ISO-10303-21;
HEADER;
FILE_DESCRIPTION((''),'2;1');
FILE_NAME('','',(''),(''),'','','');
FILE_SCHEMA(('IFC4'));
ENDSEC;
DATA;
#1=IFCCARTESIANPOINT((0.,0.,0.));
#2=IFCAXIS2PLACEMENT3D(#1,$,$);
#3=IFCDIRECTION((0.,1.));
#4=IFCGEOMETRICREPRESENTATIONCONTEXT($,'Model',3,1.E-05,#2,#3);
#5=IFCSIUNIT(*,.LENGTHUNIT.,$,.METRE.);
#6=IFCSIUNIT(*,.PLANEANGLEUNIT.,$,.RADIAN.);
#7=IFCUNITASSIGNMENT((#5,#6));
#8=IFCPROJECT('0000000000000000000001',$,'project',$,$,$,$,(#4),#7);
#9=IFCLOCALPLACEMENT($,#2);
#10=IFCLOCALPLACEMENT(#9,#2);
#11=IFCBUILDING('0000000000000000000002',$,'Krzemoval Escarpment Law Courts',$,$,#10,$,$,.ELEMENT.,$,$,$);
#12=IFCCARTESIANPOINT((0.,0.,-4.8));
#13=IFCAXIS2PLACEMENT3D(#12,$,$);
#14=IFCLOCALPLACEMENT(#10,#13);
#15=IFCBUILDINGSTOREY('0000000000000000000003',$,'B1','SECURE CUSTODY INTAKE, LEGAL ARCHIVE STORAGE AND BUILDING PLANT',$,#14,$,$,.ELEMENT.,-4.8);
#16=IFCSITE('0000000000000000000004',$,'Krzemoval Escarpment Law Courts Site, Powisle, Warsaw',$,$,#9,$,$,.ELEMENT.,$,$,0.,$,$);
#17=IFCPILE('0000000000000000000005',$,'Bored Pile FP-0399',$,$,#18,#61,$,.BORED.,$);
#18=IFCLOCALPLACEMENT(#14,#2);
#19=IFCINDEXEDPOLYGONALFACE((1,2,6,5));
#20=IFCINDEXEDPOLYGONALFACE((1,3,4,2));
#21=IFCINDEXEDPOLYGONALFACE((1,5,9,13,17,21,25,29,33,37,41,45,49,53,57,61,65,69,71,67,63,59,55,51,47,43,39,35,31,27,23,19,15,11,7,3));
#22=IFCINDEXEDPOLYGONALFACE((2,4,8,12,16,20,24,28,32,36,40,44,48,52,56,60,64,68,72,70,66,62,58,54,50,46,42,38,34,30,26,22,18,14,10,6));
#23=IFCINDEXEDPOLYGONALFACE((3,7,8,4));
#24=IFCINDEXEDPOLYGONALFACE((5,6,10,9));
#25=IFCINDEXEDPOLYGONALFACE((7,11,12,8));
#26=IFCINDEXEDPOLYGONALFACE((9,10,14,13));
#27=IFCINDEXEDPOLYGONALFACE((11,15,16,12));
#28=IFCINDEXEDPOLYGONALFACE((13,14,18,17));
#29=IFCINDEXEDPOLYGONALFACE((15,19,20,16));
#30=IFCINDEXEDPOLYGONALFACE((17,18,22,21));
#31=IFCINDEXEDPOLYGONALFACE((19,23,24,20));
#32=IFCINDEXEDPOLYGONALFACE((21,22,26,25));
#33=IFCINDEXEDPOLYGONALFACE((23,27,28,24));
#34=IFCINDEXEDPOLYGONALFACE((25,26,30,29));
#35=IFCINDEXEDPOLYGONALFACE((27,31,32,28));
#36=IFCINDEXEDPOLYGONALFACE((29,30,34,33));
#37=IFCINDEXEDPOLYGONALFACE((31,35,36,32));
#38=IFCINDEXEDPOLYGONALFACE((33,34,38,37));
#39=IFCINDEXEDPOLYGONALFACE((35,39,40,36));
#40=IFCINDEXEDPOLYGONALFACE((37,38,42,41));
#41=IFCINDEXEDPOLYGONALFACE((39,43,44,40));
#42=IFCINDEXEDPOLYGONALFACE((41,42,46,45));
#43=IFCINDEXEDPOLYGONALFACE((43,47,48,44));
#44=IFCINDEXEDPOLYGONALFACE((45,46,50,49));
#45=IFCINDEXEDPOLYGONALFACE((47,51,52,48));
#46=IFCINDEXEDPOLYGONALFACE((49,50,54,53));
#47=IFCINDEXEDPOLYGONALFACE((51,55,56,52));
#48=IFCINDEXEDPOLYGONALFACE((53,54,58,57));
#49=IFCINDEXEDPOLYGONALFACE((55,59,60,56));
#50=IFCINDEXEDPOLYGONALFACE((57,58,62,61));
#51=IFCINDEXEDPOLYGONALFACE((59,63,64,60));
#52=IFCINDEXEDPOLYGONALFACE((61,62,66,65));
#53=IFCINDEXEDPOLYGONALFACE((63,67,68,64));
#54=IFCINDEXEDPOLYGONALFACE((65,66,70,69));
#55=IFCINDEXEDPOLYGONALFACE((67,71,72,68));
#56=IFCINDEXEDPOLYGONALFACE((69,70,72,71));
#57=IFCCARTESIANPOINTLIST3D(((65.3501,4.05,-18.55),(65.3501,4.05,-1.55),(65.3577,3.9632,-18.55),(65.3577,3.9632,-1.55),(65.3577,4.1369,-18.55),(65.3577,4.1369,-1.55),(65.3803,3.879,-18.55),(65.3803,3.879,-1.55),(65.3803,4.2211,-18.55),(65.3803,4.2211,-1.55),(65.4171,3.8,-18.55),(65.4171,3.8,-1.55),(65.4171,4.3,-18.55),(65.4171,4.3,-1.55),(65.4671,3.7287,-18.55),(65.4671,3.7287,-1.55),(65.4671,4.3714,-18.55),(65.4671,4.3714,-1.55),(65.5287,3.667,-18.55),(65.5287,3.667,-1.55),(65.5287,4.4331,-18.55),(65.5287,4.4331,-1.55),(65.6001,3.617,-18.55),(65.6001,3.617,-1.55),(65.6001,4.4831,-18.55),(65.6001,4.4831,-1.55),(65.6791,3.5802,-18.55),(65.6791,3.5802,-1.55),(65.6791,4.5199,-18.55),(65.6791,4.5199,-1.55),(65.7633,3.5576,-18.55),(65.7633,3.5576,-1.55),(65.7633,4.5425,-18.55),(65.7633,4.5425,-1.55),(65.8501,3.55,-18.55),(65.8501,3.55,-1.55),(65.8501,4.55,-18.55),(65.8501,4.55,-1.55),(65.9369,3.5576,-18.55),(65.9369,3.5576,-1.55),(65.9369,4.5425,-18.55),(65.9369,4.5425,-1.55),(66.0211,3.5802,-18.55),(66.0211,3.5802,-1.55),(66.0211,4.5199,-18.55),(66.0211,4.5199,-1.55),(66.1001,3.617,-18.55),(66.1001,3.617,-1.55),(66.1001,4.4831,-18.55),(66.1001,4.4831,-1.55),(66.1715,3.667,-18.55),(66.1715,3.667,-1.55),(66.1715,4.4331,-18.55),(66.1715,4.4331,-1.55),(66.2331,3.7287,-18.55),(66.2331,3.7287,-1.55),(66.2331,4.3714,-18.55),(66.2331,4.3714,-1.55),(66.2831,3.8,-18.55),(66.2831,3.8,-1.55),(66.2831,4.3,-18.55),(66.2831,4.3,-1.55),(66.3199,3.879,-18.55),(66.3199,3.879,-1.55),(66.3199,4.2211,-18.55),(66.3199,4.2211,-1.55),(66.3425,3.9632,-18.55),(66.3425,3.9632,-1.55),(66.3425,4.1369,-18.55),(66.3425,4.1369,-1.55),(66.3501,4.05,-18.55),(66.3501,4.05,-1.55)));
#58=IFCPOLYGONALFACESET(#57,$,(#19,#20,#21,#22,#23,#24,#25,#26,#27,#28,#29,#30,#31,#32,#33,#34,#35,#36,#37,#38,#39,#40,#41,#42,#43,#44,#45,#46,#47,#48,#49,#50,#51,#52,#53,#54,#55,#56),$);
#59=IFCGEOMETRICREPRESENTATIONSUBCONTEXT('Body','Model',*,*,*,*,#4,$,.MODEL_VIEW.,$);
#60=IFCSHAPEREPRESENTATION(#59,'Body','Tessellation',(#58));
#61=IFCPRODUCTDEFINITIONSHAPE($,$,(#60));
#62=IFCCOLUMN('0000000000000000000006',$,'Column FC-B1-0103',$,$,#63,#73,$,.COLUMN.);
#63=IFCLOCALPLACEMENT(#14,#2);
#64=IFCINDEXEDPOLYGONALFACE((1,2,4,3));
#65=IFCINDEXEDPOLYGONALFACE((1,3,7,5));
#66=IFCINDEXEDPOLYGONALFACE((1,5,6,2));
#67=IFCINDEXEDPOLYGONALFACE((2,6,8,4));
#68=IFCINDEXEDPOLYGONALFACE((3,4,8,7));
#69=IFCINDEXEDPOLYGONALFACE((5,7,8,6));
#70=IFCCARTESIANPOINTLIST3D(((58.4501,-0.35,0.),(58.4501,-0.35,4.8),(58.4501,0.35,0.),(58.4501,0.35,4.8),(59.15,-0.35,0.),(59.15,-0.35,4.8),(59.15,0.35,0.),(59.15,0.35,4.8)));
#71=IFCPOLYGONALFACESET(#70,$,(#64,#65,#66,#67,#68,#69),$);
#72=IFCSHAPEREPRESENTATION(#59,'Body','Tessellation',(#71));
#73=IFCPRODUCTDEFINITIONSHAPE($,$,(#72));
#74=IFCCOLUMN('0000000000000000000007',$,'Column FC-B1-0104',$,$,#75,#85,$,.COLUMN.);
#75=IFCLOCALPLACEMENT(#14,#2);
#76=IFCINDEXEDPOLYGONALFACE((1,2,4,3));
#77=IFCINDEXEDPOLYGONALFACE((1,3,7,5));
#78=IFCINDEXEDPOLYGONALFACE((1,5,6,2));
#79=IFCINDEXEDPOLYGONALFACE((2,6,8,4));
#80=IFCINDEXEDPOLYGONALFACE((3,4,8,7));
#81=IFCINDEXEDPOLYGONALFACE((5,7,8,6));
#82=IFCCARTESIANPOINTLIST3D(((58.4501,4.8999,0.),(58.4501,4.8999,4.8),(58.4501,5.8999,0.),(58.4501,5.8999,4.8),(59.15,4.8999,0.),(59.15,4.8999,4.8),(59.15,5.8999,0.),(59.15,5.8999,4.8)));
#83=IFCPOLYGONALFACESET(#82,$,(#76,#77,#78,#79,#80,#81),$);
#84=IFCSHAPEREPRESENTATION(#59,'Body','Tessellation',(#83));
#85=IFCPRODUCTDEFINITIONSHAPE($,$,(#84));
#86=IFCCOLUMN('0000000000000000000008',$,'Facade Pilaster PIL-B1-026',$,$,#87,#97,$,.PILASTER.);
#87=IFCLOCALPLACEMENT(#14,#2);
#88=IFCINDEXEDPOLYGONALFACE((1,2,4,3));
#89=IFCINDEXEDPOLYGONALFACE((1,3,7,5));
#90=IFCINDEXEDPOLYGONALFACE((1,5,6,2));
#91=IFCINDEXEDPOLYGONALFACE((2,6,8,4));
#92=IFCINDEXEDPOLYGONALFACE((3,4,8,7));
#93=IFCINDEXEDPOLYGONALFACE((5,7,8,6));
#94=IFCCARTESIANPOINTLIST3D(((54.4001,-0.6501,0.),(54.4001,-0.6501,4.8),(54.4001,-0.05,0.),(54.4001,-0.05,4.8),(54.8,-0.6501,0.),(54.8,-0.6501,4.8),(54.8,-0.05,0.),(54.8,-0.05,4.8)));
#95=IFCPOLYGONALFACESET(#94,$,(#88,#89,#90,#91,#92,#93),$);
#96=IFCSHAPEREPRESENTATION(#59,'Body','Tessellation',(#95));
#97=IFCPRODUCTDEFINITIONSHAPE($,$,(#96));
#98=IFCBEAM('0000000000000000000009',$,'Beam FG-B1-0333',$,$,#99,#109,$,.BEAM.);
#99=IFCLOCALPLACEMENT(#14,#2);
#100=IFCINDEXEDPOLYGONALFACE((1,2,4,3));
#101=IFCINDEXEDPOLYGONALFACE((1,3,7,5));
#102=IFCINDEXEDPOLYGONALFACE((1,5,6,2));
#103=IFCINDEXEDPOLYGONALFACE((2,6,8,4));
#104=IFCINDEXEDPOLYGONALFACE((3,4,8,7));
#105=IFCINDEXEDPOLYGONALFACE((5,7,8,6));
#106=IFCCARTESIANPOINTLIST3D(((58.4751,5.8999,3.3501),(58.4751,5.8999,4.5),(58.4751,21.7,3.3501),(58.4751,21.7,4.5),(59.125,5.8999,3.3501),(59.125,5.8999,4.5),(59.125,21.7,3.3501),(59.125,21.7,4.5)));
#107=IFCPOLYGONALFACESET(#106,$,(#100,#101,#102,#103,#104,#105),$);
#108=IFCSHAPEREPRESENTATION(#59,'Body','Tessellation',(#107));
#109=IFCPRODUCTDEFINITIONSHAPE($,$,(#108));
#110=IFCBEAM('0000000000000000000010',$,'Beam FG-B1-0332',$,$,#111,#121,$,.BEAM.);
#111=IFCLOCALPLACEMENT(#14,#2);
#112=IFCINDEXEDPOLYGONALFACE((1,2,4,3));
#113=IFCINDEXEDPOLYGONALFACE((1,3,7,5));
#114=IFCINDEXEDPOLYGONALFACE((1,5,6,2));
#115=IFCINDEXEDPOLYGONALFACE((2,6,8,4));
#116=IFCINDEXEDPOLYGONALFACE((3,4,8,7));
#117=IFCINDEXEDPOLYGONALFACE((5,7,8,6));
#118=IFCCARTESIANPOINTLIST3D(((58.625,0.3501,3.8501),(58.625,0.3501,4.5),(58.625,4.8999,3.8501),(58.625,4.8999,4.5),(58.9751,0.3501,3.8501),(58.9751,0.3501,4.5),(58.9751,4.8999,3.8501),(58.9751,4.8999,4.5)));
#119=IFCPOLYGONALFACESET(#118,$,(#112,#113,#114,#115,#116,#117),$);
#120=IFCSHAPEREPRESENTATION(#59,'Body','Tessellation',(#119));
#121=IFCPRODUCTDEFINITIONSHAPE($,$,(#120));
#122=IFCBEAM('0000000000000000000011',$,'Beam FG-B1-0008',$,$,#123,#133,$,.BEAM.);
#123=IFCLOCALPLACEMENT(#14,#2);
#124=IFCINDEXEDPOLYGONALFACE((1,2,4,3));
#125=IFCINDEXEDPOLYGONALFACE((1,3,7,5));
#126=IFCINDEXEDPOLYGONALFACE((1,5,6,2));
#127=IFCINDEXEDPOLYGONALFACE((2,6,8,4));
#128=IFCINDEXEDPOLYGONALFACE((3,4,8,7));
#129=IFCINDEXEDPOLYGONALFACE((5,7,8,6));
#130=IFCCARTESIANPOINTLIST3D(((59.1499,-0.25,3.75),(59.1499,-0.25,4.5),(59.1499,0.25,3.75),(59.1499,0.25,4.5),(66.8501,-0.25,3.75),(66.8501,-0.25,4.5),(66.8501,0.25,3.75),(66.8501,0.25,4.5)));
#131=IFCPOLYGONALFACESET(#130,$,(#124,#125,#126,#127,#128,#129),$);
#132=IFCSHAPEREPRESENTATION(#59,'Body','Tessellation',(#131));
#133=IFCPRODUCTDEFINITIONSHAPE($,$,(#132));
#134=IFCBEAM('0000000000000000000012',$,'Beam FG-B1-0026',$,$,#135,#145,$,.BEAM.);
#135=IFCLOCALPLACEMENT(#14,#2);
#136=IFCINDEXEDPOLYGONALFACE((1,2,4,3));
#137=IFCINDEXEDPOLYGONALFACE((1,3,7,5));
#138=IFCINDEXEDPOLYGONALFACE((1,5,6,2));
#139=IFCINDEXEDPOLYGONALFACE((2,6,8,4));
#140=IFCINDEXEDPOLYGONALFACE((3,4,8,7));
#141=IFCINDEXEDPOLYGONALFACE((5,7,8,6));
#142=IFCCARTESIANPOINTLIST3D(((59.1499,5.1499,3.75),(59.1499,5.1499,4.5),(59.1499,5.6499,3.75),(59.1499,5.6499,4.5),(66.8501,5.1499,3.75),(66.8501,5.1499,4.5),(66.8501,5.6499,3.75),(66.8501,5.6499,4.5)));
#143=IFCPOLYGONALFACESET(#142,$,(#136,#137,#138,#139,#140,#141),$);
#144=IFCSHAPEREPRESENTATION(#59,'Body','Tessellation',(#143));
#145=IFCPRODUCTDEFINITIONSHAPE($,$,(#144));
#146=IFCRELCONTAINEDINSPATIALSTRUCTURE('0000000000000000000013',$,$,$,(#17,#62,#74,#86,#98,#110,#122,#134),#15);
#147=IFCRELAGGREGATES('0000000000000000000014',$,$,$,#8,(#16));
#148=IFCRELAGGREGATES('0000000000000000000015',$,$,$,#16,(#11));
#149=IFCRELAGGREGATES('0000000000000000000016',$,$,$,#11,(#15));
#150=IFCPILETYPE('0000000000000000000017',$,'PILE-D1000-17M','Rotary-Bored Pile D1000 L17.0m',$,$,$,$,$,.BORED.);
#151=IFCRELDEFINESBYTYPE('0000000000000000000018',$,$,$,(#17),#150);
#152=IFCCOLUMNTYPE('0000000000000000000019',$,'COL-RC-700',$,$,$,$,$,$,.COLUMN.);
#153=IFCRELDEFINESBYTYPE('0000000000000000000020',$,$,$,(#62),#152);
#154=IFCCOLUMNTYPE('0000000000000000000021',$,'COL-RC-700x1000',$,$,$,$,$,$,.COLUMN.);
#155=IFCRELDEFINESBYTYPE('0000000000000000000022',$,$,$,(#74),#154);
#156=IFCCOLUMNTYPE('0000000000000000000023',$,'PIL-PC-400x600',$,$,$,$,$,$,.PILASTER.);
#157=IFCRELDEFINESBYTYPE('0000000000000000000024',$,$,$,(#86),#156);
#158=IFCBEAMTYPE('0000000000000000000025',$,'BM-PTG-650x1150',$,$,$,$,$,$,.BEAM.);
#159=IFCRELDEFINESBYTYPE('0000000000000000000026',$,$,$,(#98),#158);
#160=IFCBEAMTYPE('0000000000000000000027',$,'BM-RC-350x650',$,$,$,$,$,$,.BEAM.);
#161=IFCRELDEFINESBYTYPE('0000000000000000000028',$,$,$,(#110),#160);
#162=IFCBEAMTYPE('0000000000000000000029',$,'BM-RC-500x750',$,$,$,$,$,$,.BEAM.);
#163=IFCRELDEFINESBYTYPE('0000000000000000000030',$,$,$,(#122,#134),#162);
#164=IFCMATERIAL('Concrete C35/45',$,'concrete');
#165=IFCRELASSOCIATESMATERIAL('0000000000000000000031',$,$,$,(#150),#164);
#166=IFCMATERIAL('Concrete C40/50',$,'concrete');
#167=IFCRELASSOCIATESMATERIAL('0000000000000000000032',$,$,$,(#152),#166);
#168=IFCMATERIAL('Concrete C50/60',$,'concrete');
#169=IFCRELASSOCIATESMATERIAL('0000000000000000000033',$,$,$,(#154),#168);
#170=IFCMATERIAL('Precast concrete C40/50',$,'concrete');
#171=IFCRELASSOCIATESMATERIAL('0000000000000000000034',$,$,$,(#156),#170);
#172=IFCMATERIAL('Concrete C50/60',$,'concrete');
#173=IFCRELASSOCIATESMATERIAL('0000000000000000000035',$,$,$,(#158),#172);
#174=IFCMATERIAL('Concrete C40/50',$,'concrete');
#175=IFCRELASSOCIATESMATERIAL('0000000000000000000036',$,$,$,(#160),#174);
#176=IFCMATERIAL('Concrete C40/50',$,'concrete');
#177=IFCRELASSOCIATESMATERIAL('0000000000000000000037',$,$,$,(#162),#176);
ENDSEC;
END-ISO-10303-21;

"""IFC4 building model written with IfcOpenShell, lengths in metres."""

from ifc_helpers import new_model, si_unit, direction, frame, origin, origin_2d, place, context, subcontext, project, spatial, rectangle, circle, extrude, material, material_profile, profile_set, type_object, element, save


model = new_model("IFC4")

# Units and contexts
model_context = context("Model", 3, precision=1e-05, world=origin(), true_north=direction((0.0, 1.0)))
body_context = subcontext(model_context, "Body", "Model", "MODEL_VIEW")
ifc_project = project(units=[si_unit("LENGTHUNIT", "METRE"), si_unit("PLANEANGLEUNIT", "RADIAN")], contexts=[model_context])

# Site, building, storey
site_placement = place(None, origin())
site = spatial("IfcSite", under=ifc_project, at=site_placement, Name="Krzemoval Escarpment Law Courts Site, Powisle, Warsaw", CompositionType="ELEMENT", RefElevation=0.0)
building_placement = place(site_placement, origin())
building = spatial("IfcBuilding", under=site, at=building_placement, Name="Krzemoval Escarpment Law Courts", CompositionType="ELEMENT")
storey_placement = place(building_placement, frame((0.0, 0.0, -4.8)))
storey = spatial("IfcBuildingStorey", under=building, at=storey_placement, Name="B1", Description="SECURE CUSTODY INTAKE, LEGAL ARCHIVE STORAGE AND BUILDING PLANT", CompositionType="ELEMENT", Elevation=-4.8)

# Pile
ifc_material_1 = material(Name="Concrete C35/45", Category="concrete")
ifc_material_profile_1 = material_profile(ifc_material_1, circle(Radius=0.5, at=origin_2d()), Name="PILE D1000")
ifc_profile_set_1 = profile_set([ifc_material_profile_1], Name="Concrete C35/45")
pile_type = type_object("IfcPileType", Name="PILE-D1000-17M", Description="Rotary-Bored Pile D1000 L17.0m", PredefinedType="BORED", material=ifc_profile_set_1)
for number, where, z_axis, x_axis, name in (
    (1, (65.8501, 4.05, -1.55), (0.0, 0.0, -1.0), (1.0, 0.0, 0.0), "Bored Pile FP-0399"),
):
    element("IfcPile", number, at=place(storey_placement, frame(where, z_axis=z_axis, x_axis=x_axis)), inside=storey, type_object=pile_type, Name=name, PredefinedType="BORED", context=body_context, shape_type="SweptSolid", body=[
        extrude(circle(Radius=0.5, at=origin_2d()), origin(), (0.0, 0.0, 1.0), 17.0),
    ])

# Columns
ifc_material_2 = material(Name="Concrete C40/50", Category="concrete")
ifc_material_profile_2 = material_profile(ifc_material_2, rectangle(XDim=0.7, YDim=0.7, at=origin_2d()), Name="RC 700x700")
ifc_profile_set_2 = profile_set([ifc_material_profile_2], Name="Concrete C40/50")
column_type_1 = type_object("IfcColumnType", Name="COL-RC-700", PredefinedType="COLUMN", material=ifc_profile_set_2)
column_1_placement = place(storey_placement, frame((58.8, 0.0, 0.0), z_axis=(0.0, 0.0, 1.0), x_axis=(1.0, 0.0, 0.0)))
element("IfcColumn", 2, at=column_1_placement, inside=storey, type_object=column_type_1, Name="Column FC-B1-0103", PredefinedType="COLUMN", context=body_context, shape_type="SweptSolid", body=[
    extrude(rectangle(XDim=0.7, YDim=0.7, at=origin_2d()), origin(), (0.0, 0.0, 1.0), 4.8),
])
ifc_material_3 = material(Name="Concrete C50/60", Category="concrete")
ifc_material_profile_3 = material_profile(ifc_material_3, rectangle(XDim=0.7, YDim=1.0, at=origin_2d()), Name="RC 700x1000")
ifc_profile_set_3 = profile_set([ifc_material_profile_3], Name="Concrete C50/60")
column_type_2 = type_object("IfcColumnType", Name="COL-RC-700x1000", PredefinedType="COLUMN", material=ifc_profile_set_3)
column_2_placement = place(storey_placement, frame((58.8, 5.3999, 0.0), z_axis=(0.0, 0.0, 1.0), x_axis=(1.0, 0.0, 0.0)))
element("IfcColumn", 3, at=column_2_placement, inside=storey, type_object=column_type_2, Name="Column FC-B1-0104", PredefinedType="COLUMN", context=body_context, shape_type="SweptSolid", body=[
    extrude(rectangle(XDim=0.7, YDim=1.0, at=origin_2d()), origin(), (0.0, 0.0, 1.0), 4.8),
])
ifc_material_4 = material(Name="Precast concrete C40/50", Category="concrete")
ifc_material_profile_4 = material_profile(ifc_material_4, rectangle(XDim=0.3999, YDim=0.6001, at=origin_2d()), Name="PIL 400x600")
ifc_profile_set_4 = profile_set([ifc_material_profile_4], Name="Precast concrete C40/50")
column_type_3 = type_object("IfcColumnType", Name="PIL-PC-400x600", PredefinedType="PILASTER", material=ifc_profile_set_4)
column_3_placement = place(storey_placement, frame((54.6001, -0.3501, 0.0), z_axis=(0.0, 0.0, 1.0), x_axis=(1.0, 0.0, 0.0)))
element("IfcColumn", 4, at=column_3_placement, inside=storey, type_object=column_type_3, Name="Facade Pilaster PIL-B1-026", PredefinedType="PILASTER", context=body_context, shape_type="SweptSolid", body=[
    extrude(rectangle(XDim=0.3999, YDim=0.6001, at=origin_2d()), origin(), (0.0, 0.0, 1.0), 4.8),
])

# Beams
ifc_material_5 = material(Name="Concrete C50/60", Category="concrete")
ifc_material_profile_5 = material_profile(ifc_material_5, rectangle(XDim=0.6499, YDim=1.1499, at=origin_2d()), Name="PTG 650x1150")
ifc_profile_set_5 = profile_set([ifc_material_profile_5], Name="Concrete C50/60")
beam_type_1 = type_object("IfcBeamType", Name="BM-PTG-650x1150", PredefinedType="BEAM", material=ifc_profile_set_5)
beam_1_placement = place(storey_placement, frame((58.8, 5.8999, 3.925), z_axis=(0.0, 1.0, 0.0), x_axis=(-1.0, 0.0, 0.0)))
element("IfcBeam", 5, at=beam_1_placement, inside=storey, type_object=beam_type_1, Name="Beam FG-B1-0333", PredefinedType="BEAM", context=body_context, shape_type="SweptSolid", body=[
    extrude(rectangle(XDim=0.6499, YDim=1.1499, at=origin_2d()), origin(), (0.0, 0.0, 1.0), 15.8),
])
ifc_material_6 = material(Name="Concrete C40/50", Category="concrete")
ifc_material_profile_6 = material_profile(ifc_material_6, rectangle(XDim=0.3501, YDim=0.6499, at=origin_2d()), Name="RCB 350x650")
ifc_profile_set_6 = profile_set([ifc_material_profile_6], Name="Concrete C40/50")
beam_type_2 = type_object("IfcBeamType", Name="BM-RC-350x650", PredefinedType="BEAM", material=ifc_profile_set_6)
beam_2_placement = place(storey_placement, frame((58.8, 0.3501, 4.175), z_axis=(0.0, 1.0, 0.0), x_axis=(-1.0, 0.0, 0.0)))
element("IfcBeam", 6, at=beam_2_placement, inside=storey, type_object=beam_type_2, Name="Beam FG-B1-0332", PredefinedType="BEAM", context=body_context, shape_type="SweptSolid", body=[
    extrude(rectangle(XDim=0.3501, YDim=0.6499, at=origin_2d()), origin(), (0.0, 0.0, 1.0), 4.5498),
])
ifc_material_7 = material(Name="Concrete C40/50", Category="concrete")
ifc_material_profile_7 = material_profile(ifc_material_7, rectangle(XDim=0.5, YDim=0.75, at=origin_2d()), Name="RCB 500x750")
ifc_profile_set_7 = profile_set([ifc_material_profile_7], Name="Concrete C40/50")
beam_type_3 = type_object("IfcBeamType", Name="BM-RC-500x750", PredefinedType="BEAM", material=ifc_profile_set_7)
for number, where, z_axis, x_axis, name in (
    (7, (59.1499, 0.0, 4.125), (1.0, 0.0, 0.0), (0.0, 1.0, 0.0), "Beam FG-B1-0008"),
    (8, (59.1499, 5.3999, 4.125), (1.0, 0.0, 0.0), (0.0, 1.0, 0.0), "Beam FG-B1-0026"),
):
    element("IfcBeam", number, at=place(storey_placement, frame(where, z_axis=z_axis, x_axis=x_axis)), inside=storey, type_object=beam_type_3, Name=name, PredefinedType="BEAM", context=body_context, shape_type="SweptSolid", body=[
        extrude(rectangle(XDim=0.5, YDim=0.75, at=origin_2d()), origin(), (0.0, 0.0, 1.0), 7.7002),
    ])

save(model, "model.ifc")
